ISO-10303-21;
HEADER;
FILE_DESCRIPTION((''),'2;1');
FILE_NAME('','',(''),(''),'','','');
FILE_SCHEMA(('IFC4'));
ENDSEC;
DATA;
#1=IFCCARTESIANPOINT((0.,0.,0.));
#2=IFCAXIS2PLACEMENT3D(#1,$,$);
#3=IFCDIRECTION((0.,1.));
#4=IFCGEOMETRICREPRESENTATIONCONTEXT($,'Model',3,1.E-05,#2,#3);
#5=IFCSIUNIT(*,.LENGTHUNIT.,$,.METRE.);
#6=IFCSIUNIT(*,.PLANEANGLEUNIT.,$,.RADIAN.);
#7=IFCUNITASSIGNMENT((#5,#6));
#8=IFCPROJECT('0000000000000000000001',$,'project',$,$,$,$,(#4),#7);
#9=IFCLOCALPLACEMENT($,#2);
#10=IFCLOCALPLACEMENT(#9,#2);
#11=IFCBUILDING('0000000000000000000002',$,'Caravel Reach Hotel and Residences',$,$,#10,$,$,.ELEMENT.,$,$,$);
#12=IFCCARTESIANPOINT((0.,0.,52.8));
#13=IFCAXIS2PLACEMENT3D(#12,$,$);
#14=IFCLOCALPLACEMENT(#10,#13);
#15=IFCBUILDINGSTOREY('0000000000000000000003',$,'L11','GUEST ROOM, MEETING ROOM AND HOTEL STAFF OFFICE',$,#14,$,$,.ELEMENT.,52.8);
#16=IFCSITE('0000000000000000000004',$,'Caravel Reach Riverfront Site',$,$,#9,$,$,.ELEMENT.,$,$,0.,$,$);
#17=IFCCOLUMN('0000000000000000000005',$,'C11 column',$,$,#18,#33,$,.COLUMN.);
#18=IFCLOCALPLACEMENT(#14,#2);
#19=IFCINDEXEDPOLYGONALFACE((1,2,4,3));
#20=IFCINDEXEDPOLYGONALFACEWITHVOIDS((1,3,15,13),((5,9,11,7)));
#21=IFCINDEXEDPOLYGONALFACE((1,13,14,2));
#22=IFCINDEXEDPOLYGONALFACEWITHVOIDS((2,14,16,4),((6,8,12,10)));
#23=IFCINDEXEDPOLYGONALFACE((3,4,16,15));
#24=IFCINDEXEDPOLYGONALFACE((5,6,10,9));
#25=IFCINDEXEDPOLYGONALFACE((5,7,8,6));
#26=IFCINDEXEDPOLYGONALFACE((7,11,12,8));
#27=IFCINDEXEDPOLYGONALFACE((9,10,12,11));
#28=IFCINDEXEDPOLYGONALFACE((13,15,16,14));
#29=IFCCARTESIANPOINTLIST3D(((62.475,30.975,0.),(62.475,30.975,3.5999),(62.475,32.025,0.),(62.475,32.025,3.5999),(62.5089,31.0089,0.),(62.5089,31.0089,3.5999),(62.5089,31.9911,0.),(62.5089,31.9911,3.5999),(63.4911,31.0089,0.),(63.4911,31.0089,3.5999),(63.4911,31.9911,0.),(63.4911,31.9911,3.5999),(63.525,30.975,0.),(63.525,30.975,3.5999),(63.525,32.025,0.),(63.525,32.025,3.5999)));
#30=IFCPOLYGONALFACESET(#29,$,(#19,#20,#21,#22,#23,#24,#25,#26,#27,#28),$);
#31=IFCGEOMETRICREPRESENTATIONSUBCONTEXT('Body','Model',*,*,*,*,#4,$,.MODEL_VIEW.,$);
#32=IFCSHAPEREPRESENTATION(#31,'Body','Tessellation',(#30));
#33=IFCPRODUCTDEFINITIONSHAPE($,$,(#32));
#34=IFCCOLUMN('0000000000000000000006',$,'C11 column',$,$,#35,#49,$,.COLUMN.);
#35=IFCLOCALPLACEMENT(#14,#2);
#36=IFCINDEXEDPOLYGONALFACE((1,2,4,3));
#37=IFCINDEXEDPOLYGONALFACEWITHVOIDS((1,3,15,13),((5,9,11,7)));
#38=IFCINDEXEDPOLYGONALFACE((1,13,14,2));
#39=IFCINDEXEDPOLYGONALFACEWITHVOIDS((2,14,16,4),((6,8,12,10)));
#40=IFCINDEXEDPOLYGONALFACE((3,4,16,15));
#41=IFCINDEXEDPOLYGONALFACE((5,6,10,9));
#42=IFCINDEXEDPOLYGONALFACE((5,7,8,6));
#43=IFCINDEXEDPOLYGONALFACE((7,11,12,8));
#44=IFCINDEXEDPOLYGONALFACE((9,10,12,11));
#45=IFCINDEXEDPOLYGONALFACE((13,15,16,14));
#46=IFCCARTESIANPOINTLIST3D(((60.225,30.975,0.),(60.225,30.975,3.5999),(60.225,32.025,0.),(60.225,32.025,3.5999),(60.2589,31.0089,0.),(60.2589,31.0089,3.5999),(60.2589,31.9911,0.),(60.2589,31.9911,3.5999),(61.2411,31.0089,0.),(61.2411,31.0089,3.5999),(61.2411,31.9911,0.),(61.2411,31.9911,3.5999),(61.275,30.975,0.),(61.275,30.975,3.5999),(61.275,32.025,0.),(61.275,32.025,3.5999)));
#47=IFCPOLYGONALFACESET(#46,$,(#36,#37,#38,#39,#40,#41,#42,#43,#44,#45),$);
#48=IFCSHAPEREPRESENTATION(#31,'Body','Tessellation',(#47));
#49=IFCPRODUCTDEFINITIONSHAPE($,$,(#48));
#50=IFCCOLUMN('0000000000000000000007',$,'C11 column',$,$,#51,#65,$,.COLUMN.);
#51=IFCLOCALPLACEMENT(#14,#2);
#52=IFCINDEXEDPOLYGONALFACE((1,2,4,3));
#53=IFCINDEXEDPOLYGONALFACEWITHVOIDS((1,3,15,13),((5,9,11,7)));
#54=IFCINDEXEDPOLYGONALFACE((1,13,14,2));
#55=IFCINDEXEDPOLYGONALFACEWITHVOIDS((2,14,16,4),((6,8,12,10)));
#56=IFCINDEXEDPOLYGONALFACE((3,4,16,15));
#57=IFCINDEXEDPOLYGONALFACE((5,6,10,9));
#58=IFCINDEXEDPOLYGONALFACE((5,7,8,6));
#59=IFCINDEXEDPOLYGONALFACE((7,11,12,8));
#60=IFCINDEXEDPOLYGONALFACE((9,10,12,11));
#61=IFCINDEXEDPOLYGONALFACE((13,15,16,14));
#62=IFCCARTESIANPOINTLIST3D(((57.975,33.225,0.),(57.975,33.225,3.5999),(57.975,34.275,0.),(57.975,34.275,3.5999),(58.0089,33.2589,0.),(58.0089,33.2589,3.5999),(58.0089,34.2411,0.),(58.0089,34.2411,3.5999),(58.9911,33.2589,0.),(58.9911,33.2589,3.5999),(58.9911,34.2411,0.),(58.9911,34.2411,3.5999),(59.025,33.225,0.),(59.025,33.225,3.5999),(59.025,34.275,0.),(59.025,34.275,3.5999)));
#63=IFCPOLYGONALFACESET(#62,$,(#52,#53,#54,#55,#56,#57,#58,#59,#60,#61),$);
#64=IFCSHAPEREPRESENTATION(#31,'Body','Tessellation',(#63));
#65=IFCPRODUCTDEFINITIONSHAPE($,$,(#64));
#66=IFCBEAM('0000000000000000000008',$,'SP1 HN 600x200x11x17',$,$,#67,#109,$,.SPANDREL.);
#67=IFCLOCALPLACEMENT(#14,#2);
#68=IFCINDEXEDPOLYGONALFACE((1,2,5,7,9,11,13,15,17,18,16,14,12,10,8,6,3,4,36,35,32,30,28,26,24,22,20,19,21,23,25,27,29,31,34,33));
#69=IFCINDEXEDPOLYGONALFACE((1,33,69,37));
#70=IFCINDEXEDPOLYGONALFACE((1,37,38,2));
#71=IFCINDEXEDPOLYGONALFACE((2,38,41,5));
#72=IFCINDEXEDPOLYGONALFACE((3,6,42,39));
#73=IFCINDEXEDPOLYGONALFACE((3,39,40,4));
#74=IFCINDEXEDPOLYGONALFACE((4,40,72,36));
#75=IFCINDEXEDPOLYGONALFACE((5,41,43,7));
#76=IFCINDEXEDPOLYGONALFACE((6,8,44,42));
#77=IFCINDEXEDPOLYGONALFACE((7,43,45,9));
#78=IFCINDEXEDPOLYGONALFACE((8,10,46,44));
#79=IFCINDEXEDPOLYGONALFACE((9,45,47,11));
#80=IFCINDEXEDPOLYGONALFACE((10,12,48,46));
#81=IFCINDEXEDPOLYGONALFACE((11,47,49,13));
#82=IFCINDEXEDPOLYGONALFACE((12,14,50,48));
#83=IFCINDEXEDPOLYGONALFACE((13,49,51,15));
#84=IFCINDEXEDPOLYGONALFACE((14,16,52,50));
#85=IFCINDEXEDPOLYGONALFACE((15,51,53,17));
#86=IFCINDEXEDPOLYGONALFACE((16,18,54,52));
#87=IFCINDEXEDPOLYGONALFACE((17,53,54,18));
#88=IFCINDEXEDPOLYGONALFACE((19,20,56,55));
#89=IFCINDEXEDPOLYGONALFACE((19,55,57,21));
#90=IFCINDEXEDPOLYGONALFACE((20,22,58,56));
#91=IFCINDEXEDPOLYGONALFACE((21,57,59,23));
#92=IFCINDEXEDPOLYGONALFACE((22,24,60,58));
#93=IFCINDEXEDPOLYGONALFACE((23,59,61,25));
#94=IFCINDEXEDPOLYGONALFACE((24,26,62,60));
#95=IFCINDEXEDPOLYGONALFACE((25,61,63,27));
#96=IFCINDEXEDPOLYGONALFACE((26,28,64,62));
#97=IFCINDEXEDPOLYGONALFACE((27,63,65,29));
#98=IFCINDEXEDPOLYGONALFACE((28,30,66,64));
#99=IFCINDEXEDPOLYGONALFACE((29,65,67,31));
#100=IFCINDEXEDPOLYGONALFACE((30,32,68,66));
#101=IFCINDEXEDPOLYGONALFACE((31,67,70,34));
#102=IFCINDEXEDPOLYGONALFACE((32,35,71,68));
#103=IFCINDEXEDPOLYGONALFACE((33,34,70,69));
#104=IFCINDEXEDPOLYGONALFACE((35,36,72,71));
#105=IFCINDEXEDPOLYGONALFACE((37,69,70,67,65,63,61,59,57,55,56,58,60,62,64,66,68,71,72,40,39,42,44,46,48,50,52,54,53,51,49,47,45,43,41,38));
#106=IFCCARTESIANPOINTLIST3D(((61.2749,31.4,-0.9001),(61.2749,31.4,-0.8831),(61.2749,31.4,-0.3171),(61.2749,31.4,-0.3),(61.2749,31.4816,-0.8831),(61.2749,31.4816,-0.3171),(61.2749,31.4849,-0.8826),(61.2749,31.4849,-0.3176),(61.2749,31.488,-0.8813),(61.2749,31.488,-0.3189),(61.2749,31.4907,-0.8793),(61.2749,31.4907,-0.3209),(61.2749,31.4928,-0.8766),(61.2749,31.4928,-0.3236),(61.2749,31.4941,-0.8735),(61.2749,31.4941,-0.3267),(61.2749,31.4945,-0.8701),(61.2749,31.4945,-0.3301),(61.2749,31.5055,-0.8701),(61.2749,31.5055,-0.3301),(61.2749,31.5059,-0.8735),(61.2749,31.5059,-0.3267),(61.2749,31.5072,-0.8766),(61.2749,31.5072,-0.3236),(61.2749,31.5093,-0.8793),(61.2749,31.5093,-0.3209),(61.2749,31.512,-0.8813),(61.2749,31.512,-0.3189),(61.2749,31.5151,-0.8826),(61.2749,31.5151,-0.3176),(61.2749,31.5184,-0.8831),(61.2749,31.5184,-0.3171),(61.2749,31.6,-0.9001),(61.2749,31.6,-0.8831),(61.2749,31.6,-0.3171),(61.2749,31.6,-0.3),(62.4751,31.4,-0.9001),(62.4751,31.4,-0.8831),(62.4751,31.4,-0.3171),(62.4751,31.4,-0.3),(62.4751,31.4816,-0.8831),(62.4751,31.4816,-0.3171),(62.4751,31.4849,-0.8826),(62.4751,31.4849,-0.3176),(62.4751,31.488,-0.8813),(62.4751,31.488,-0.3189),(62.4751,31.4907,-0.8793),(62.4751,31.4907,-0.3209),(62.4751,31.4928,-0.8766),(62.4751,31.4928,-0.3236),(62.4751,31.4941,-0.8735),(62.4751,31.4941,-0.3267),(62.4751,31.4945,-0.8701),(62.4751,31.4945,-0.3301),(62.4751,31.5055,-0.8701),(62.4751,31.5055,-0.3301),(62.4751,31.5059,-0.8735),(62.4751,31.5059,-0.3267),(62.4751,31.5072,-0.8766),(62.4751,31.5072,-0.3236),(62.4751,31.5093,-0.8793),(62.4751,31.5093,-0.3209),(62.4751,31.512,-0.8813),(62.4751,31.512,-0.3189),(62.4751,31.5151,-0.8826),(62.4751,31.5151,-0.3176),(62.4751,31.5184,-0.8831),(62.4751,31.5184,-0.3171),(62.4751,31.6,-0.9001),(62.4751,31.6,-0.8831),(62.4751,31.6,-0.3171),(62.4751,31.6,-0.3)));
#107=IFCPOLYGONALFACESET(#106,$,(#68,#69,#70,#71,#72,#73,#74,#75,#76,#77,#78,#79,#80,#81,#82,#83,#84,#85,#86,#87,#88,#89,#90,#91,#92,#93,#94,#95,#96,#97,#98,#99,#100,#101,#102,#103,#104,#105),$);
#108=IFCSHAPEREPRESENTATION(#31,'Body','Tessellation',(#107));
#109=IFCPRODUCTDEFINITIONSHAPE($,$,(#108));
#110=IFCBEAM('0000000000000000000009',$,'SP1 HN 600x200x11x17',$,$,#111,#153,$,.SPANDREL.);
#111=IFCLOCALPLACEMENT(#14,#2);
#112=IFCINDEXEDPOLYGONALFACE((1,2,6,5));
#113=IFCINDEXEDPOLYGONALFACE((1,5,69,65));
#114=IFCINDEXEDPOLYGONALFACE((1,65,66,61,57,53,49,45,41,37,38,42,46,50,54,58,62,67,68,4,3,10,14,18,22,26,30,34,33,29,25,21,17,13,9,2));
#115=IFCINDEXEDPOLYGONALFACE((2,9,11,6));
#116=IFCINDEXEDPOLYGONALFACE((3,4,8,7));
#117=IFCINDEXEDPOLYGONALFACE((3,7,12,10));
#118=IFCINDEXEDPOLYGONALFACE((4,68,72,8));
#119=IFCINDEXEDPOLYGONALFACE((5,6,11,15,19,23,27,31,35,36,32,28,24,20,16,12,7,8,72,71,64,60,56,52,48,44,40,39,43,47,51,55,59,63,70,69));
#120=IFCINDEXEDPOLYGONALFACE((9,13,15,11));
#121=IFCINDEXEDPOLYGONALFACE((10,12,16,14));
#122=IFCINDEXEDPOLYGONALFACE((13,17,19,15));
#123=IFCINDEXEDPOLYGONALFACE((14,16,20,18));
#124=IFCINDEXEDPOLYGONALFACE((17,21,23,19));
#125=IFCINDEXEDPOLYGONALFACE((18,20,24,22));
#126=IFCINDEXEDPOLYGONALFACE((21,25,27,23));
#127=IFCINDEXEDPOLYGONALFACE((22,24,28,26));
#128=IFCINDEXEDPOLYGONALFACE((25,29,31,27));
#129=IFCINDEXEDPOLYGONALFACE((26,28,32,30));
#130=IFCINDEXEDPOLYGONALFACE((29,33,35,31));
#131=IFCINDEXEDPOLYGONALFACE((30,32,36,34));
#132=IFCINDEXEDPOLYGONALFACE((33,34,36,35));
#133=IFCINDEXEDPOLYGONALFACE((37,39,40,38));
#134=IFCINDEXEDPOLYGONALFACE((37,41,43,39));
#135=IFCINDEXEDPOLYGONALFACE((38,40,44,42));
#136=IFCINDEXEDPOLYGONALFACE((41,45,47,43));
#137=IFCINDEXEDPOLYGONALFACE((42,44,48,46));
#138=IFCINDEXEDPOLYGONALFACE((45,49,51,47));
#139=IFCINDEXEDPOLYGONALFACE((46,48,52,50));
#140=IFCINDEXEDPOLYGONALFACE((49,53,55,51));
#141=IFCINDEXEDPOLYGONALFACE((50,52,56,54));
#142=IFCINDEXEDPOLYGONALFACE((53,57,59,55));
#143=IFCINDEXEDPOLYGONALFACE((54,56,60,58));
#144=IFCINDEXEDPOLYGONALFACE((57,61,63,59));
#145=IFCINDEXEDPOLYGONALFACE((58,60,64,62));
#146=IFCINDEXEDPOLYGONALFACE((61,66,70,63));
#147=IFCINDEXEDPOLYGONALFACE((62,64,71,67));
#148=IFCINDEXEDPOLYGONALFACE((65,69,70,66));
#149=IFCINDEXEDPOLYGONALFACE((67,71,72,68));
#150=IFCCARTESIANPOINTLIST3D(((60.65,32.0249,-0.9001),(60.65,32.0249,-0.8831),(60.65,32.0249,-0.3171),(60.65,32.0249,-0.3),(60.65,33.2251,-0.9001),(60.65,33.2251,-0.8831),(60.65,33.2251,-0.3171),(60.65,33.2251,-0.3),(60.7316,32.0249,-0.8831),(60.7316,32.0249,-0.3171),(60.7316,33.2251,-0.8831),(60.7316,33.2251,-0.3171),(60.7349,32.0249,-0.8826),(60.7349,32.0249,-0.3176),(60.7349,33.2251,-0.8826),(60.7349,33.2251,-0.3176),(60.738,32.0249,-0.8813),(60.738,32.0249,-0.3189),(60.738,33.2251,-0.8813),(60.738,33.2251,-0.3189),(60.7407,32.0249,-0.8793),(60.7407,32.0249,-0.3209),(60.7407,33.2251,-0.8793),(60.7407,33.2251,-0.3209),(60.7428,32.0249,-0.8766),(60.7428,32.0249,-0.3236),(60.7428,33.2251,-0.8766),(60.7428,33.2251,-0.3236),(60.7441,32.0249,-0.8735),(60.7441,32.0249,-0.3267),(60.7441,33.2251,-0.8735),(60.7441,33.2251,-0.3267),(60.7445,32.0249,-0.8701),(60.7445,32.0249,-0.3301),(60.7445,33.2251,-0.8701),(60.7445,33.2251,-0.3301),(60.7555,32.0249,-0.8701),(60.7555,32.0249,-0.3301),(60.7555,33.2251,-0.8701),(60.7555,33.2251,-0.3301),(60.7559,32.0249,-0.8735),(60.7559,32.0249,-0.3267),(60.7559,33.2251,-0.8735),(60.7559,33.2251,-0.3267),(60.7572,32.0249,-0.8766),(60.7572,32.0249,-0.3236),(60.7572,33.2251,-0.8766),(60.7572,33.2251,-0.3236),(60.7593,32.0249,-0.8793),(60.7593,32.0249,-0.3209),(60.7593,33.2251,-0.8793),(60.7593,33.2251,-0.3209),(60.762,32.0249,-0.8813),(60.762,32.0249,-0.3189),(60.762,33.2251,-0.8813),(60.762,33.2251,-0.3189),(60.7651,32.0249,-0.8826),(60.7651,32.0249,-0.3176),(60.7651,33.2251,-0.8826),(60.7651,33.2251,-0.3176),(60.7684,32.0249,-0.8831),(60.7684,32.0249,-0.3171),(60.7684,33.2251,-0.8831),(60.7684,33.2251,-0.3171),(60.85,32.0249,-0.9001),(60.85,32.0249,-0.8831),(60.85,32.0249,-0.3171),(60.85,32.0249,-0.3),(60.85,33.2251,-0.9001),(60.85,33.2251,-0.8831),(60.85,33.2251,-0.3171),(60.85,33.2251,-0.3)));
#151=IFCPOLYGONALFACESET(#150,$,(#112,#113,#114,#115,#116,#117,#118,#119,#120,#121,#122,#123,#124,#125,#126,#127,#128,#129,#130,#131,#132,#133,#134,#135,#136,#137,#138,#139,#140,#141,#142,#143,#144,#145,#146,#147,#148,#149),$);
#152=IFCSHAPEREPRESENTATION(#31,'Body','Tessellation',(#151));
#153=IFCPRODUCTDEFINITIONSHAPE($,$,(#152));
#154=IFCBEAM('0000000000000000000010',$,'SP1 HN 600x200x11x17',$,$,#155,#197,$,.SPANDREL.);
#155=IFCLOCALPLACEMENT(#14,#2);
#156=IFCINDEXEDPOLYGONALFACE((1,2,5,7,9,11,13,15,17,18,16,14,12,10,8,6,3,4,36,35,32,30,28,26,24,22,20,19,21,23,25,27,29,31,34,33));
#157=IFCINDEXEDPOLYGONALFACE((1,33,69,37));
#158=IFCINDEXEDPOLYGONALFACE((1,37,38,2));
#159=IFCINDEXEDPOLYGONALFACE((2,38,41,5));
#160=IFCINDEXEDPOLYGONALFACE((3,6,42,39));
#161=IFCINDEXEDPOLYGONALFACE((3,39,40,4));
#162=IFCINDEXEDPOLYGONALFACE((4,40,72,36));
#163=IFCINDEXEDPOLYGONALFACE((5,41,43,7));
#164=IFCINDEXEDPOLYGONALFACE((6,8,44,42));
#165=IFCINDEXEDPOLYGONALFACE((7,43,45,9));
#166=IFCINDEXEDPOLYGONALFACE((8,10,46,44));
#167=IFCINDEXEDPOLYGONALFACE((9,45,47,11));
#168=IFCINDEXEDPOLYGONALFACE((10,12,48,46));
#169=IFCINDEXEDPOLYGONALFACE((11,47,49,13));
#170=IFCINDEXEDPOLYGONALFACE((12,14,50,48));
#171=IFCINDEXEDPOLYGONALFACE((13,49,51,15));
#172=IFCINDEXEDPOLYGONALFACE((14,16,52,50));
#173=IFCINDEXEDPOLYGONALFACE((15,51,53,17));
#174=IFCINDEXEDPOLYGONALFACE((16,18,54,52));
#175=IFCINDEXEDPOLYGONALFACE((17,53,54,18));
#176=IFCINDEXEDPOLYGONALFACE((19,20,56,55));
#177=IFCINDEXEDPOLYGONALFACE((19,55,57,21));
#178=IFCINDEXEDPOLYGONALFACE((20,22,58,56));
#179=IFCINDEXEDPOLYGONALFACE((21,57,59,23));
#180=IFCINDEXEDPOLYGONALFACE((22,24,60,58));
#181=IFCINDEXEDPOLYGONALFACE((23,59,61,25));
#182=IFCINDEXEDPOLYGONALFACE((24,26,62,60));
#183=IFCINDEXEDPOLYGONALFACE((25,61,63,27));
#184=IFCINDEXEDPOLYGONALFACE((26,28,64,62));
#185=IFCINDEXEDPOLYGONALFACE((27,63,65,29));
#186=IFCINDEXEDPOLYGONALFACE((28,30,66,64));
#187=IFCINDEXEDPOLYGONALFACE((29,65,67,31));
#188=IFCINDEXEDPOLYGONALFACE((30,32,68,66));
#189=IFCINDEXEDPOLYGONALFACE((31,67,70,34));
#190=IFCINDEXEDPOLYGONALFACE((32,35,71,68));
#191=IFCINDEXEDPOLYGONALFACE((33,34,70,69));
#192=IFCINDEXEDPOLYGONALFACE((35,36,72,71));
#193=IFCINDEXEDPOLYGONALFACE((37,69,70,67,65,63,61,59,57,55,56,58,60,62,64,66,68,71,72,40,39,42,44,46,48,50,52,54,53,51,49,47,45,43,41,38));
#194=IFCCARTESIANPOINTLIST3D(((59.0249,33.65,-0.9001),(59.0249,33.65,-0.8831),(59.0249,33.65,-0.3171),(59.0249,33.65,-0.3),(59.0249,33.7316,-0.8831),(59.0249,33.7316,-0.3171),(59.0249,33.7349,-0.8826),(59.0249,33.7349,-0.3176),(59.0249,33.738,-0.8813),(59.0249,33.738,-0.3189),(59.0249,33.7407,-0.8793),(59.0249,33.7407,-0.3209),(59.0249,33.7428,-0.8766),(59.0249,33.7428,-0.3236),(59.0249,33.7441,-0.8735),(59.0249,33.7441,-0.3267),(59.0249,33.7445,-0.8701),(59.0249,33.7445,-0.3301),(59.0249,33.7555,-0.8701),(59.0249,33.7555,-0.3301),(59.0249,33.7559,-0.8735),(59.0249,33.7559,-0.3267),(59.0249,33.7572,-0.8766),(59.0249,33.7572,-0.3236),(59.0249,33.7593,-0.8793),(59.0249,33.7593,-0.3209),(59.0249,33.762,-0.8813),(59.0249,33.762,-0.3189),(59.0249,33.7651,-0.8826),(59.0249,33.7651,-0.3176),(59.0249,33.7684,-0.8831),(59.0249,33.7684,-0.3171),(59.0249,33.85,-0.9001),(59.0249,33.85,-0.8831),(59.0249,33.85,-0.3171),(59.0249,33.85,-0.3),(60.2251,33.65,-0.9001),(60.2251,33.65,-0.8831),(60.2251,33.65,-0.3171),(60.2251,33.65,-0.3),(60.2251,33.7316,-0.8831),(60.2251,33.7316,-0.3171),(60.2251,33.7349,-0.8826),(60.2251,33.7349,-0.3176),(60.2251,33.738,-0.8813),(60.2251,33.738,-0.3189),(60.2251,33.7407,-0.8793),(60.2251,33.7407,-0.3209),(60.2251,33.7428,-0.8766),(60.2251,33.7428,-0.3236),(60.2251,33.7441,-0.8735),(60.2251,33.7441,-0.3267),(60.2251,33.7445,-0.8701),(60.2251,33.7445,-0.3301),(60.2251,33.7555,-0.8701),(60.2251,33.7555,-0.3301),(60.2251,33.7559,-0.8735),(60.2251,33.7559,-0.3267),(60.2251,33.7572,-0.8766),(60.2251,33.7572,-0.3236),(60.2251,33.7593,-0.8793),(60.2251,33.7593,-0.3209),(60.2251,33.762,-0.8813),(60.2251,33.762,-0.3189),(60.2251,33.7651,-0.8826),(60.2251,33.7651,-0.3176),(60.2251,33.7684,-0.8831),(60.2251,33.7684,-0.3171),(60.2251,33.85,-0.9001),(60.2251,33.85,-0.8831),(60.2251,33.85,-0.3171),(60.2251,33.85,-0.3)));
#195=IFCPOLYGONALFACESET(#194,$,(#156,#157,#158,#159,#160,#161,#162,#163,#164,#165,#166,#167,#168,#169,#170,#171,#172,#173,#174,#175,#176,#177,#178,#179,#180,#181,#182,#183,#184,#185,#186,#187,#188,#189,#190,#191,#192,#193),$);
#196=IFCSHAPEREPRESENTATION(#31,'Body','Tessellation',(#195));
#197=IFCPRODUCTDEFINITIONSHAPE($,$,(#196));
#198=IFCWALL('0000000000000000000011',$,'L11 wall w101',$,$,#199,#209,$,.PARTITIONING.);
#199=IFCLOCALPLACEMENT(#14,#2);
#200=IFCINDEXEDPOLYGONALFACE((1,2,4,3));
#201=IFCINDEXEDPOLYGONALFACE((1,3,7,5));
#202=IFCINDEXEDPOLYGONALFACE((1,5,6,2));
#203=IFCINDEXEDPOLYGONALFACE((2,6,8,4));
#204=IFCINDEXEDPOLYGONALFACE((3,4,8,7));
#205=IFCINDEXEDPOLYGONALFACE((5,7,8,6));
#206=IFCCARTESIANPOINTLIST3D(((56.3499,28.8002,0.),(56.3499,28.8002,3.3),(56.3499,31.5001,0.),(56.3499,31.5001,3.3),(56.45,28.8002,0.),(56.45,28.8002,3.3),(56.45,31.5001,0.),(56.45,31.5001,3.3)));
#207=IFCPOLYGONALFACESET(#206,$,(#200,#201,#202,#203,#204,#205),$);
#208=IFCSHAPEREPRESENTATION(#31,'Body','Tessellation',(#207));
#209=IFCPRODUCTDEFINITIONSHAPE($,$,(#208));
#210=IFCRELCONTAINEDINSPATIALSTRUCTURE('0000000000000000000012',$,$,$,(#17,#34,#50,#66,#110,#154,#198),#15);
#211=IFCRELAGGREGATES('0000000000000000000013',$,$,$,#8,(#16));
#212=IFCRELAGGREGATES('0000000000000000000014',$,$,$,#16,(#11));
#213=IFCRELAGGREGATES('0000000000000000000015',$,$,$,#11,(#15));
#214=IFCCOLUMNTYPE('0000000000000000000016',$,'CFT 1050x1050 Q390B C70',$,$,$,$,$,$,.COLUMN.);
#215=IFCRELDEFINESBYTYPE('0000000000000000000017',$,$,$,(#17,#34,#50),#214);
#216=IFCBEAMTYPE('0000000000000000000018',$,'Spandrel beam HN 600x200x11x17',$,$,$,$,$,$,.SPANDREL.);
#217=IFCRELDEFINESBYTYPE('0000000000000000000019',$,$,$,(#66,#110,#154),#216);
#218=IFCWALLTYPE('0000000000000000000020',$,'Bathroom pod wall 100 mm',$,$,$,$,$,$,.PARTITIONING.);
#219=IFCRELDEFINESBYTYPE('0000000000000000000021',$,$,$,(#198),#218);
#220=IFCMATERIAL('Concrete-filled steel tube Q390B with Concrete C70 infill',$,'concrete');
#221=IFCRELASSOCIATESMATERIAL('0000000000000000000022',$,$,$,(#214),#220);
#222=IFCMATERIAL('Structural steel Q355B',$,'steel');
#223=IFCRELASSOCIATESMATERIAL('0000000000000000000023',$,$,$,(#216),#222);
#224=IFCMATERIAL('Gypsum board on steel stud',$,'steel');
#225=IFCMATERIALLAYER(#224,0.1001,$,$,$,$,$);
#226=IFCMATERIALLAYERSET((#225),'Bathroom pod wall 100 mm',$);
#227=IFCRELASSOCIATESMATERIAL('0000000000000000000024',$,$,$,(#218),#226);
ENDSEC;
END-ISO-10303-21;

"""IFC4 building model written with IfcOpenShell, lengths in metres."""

from ifc_helpers import new_model, si_unit, direction, frame, frame_2d, origin, origin_2d, place, context, subcontext, project, spatial, rectangle, hollow_rectangle, i_section, extrude, material, layer, layer_set, material_profile, profile_set, type_object, element, save


model = new_model("IFC4")

# Units and contexts
model_context = context("Model", 3, precision=1e-05, world=origin(), true_north=direction((0.0, 1.0)))
body_context = subcontext(model_context, "Body", "Model", "MODEL_VIEW")
ifc_project = project(units=[si_unit("LENGTHUNIT", "METRE"), si_unit("PLANEANGLEUNIT", "RADIAN")], contexts=[model_context])

# Site, building, storey
site_placement = place(None, origin())
site = spatial("IfcSite", under=ifc_project, at=site_placement, Name="Caravel Reach Riverfront Site", CompositionType="ELEMENT", RefElevation=0.0)
building_placement = place(site_placement, origin())
building = spatial("IfcBuilding", under=site, at=building_placement, Name="Caravel Reach Hotel and Residences", CompositionType="ELEMENT")
storey_placement = place(building_placement, frame((0.0, 0.0, 52.8)))
storey = spatial("IfcBuildingStorey", under=building, at=storey_placement, Name="L11", Description="GUEST ROOM, MEETING ROOM AND HOTEL STAFF OFFICE", CompositionType="ELEMENT", Elevation=52.8)

# Columns
ifc_material_1 = material(Name="Concrete-filled steel tube Q390B with Concrete C70 infill", Category="concrete")
ifc_material_profile_1 = material_profile(ifc_material_1, hollow_rectangle(XDim=1.05, YDim=1.05, WallThickness=0.0339, at=origin_2d()), Name="RHS 1050x1050x34")
ifc_profile_set_1 = profile_set([ifc_material_profile_1], Name="Concrete-filled steel tube Q390B with Concrete C70 infill")
column_type = type_object("IfcColumnType", Name="CFT 1050x1050 Q390B C70", PredefinedType="COLUMN", material=ifc_profile_set_1)
for number, where, z_axis, x_axis, name in (
    (1, (63.0, 31.5, 0.0), (0.0, 0.0, 1.0), (1.0, 0.0, 0.0), "C11 column"),
    (2, (60.75, 31.5, 0.0), (0.0, 0.0, 1.0), (1.0, 0.0, 0.0), "C11 column"),
    (3, (58.5, 33.75, 0.0), (0.0, 0.0, 1.0), (1.0, 0.0, 0.0), "C11 column"),
):
    element("IfcColumn", number, at=place(storey_placement, frame(where, z_axis=z_axis, x_axis=x_axis)), inside=storey, type_object=column_type, Name=name, PredefinedType="COLUMN", context=body_context, shape_type="SweptSolid", body=[
        extrude(hollow_rectangle(XDim=1.05, YDim=1.05, WallThickness=0.0339, at=origin_2d()), origin(), (0.0, 0.0, 1.0), 3.5999),
    ])

# Beams
ifc_material_2 = material(Name="Structural steel Q355B", Category="steel")
ifc_material_profile_2 = material_profile(ifc_material_2, i_section(OverallWidth=0.2, OverallDepth=0.6001, WebThickness=0.011, FlangeThickness=0.0171, FilletRadius=0.0129, at=origin_2d()), Name="HN 600x200x11x17")
ifc_profile_set_2 = profile_set([ifc_material_profile_2], Name="Structural steel Q355B")
beam_type = type_object("IfcBeamType", Name="Spandrel beam HN 600x200x11x17", PredefinedType="SPANDREL", material=ifc_profile_set_2)
for number, where, z_axis, x_axis, name in (
    (4, (62.4751, 31.5, -0.6001), (-1.0, 0.0, 0.0), (0.0, -1.0, 0.0), "SP1 HN 600x200x11x17"),
    (5, (60.75, 32.0249, -0.6001), (0.0, 1.0, 0.0), (-1.0, 0.0, 0.0), "SP1 HN 600x200x11x17"),
    (6, (60.2251, 33.75, -0.6001), (-1.0, 0.0, 0.0), (0.0, -1.0, 0.0), "SP1 HN 600x200x11x17"),
):
    element("IfcBeam", number, at=place(storey_placement, frame(where, z_axis=z_axis, x_axis=x_axis)), inside=storey, type_object=beam_type, Name=name, PredefinedType="SPANDREL", context=body_context, shape_type="SweptSolid", body=[
        extrude(i_section(OverallWidth=0.2, OverallDepth=0.6001, WebThickness=0.011, FlangeThickness=0.0171, FilletRadius=0.0129, at=origin_2d()), origin(), (0.0, 0.0, 1.0), 1.2002),
    ])

# Wall
ifc_material_3 = material(Name="Gypsum board on steel stud", Category="steel")
ifc_layer_1 = layer(ifc_material_3, 0.1001)
ifc_layer_set_1 = layer_set([ifc_layer_1], Name="Bathroom pod wall 100 mm")
wall_type_1 = type_object("IfcWallType", Name="Bathroom pod wall 100 mm", PredefinedType="PARTITIONING", material=ifc_layer_set_1)
wall_1_placement = place(storey_placement, frame((56.3999, 28.8, 0.0), z_axis=(0.0, 0.0, 1.0), x_axis=(0.0, 1.0, 0.0)))
element("IfcWall", 7, at=wall_1_placement, inside=storey, type_object=wall_type_1, Name="L11 wall w101", PredefinedType="PARTITIONING", context=body_context, shape_type="SweptSolid", body=[
    extrude(rectangle(XDim=2.7, YDim=0.1001, at=frame_2d((1.3501, 0.0))), origin(), (0.0, 0.0, 1.0), 3.3),
])

save(model, "model.ifc")
